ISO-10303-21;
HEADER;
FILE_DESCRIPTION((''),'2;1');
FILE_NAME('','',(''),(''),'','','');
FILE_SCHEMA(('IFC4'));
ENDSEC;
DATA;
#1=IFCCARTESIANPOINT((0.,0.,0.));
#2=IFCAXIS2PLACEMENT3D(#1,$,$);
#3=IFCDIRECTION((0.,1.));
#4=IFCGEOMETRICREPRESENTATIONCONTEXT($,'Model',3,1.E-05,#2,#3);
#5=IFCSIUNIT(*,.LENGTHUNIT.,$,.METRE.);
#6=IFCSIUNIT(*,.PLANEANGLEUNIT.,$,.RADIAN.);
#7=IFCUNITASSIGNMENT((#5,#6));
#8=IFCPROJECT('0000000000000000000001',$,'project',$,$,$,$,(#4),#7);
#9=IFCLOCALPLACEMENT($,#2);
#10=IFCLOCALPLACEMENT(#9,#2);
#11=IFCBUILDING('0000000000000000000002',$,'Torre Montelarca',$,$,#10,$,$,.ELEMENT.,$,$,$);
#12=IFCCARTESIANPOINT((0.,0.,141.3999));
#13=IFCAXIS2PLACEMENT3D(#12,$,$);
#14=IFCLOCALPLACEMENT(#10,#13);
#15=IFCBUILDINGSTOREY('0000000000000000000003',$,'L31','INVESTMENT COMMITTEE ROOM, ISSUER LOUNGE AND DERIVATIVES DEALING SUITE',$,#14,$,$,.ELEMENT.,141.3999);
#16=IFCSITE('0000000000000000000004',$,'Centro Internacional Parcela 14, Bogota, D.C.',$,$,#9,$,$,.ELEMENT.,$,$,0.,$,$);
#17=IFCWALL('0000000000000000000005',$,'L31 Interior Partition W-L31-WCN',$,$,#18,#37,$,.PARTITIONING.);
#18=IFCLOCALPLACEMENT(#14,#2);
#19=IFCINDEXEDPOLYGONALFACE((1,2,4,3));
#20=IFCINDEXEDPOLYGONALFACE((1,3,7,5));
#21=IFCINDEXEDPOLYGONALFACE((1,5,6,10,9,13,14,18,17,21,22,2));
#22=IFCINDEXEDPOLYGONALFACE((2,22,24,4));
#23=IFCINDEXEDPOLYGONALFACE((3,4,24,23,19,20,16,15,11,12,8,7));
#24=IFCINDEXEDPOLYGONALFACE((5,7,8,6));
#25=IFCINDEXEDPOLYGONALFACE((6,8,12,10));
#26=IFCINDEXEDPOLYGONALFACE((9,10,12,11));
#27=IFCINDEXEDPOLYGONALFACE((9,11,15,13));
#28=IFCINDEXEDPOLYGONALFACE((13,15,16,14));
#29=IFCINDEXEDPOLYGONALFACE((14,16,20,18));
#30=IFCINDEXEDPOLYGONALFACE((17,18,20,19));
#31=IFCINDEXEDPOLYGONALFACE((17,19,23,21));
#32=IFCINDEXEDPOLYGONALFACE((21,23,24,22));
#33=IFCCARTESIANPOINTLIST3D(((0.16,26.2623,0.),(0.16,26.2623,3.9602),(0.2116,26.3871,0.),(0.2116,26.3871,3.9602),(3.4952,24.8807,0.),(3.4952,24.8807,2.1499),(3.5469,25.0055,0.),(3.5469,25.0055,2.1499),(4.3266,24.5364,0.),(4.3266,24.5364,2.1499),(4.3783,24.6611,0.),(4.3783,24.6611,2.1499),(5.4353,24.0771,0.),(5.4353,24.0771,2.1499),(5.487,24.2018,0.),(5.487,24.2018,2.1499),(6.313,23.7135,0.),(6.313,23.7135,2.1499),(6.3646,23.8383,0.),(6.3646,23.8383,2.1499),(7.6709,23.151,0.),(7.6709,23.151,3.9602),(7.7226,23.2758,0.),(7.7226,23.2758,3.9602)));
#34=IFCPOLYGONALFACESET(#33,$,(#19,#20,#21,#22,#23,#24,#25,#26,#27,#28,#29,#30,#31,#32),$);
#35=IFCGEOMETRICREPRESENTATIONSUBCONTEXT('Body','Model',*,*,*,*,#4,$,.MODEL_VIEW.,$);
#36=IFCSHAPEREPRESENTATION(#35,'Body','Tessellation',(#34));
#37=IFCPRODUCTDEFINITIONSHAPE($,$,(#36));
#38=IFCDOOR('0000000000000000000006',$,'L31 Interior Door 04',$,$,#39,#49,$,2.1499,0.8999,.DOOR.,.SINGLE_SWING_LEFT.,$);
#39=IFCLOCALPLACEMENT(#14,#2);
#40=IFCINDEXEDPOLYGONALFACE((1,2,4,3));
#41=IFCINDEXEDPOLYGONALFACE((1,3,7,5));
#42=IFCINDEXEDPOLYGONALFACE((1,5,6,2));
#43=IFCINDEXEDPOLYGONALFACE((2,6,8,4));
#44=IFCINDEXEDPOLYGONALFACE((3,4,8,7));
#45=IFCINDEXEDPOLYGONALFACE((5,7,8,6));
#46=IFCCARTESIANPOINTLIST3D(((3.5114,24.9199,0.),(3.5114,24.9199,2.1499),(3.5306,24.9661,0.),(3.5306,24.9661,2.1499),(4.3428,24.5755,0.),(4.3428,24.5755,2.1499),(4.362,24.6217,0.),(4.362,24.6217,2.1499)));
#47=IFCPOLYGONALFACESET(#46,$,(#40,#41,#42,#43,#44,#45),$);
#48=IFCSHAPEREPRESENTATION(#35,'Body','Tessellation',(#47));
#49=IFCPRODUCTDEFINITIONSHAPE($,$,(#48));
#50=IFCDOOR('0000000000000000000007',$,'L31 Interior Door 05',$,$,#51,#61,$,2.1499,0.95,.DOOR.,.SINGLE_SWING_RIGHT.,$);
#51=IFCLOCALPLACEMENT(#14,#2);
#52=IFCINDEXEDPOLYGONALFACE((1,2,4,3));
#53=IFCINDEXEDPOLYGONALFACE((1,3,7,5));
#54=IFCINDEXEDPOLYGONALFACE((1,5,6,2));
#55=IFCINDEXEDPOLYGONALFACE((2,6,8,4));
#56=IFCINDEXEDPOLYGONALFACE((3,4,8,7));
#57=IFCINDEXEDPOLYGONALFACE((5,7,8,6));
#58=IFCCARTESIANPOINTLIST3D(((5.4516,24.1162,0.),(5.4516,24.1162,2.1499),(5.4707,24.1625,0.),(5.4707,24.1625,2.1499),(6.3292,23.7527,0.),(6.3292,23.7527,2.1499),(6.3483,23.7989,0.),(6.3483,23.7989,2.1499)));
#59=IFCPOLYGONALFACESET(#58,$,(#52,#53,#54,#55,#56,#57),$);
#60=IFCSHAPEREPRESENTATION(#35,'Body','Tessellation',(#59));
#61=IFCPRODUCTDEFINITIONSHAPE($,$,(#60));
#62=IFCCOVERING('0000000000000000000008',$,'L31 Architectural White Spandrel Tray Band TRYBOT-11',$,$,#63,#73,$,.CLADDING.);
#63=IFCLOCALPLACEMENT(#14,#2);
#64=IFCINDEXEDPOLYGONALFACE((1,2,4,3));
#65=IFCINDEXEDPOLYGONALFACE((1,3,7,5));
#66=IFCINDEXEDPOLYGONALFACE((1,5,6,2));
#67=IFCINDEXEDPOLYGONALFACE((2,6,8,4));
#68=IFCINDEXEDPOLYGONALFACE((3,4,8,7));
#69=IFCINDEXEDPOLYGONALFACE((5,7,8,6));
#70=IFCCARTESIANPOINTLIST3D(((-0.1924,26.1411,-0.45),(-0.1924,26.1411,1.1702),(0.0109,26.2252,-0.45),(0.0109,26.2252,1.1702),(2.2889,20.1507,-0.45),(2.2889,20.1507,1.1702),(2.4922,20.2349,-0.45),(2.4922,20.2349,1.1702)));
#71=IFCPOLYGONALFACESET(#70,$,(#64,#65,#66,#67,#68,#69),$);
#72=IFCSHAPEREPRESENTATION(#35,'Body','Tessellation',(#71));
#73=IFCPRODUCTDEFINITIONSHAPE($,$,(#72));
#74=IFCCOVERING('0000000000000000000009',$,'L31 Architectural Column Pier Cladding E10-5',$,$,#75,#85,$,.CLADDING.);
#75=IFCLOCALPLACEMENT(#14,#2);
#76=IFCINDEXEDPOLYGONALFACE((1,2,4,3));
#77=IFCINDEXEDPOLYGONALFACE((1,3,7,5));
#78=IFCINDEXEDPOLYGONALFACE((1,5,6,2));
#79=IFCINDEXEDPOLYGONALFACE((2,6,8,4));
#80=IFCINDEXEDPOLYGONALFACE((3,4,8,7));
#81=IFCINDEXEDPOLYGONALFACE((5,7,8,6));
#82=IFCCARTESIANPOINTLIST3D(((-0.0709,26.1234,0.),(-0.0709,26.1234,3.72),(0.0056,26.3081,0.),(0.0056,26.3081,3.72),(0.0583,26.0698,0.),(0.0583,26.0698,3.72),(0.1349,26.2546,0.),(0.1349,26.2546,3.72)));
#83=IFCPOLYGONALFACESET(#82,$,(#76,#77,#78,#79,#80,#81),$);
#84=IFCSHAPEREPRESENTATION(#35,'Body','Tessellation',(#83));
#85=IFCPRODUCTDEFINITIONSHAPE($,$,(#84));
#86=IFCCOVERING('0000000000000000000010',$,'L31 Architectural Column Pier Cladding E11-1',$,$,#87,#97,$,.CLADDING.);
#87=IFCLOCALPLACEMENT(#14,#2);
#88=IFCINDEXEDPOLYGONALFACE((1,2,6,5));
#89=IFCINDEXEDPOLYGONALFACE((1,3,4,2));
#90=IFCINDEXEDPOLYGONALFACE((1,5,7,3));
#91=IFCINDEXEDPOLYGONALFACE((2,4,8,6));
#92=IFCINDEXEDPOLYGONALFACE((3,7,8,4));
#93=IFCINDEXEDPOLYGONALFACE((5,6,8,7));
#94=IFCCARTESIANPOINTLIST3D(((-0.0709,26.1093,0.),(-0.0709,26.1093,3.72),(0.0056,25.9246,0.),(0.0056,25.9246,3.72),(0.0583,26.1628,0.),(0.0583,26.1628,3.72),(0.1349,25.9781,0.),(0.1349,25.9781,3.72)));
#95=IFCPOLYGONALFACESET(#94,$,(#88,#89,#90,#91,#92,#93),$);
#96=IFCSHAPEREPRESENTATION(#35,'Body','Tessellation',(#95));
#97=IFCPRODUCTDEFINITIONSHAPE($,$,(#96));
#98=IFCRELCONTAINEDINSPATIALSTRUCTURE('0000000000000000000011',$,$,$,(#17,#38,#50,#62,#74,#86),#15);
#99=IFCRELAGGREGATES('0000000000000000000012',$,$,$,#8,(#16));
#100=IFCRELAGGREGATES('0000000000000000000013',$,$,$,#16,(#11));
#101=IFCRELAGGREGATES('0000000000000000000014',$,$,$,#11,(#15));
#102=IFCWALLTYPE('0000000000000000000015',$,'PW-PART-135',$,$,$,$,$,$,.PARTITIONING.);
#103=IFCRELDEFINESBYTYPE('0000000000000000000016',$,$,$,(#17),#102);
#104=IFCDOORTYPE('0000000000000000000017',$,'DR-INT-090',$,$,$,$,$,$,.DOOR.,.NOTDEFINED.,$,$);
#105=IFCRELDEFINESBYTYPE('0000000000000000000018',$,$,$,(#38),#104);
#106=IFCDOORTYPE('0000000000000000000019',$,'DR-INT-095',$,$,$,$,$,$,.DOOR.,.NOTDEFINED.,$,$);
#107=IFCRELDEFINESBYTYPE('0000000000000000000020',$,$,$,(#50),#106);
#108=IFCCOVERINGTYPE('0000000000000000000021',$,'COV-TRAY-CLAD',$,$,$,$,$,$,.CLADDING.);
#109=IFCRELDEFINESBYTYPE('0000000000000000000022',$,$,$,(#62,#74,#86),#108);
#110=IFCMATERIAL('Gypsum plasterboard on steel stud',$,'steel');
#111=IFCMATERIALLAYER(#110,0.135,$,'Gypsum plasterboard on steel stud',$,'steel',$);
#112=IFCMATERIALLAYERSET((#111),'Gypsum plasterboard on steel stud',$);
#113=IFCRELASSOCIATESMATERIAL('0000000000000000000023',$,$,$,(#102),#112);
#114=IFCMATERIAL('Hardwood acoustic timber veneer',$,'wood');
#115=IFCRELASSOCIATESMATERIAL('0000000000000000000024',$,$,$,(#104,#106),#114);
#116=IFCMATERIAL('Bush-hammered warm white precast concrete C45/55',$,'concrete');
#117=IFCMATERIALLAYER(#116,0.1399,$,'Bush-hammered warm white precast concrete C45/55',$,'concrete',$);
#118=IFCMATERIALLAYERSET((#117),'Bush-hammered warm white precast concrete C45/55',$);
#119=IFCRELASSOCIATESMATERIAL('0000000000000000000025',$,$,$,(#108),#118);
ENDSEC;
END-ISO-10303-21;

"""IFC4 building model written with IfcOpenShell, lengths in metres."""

from ifc_helpers import new_model, si_unit, direction, frame, frame_2d, origin, origin_2d, place, context, subcontext, project, spatial, rectangle, extrude, source, transform, mapped, material, layer, layer_set, type_object, element, fill, save


model = new_model("IFC4")

# Units and contexts
model_context = context("Model", 3, precision=1e-05, world=origin(), true_north=direction((0.0, 1.0)))
body_context = subcontext(model_context, "Body", "Model", "MODEL_VIEW")
ifc_project = project(units=[si_unit("LENGTHUNIT", "METRE"), si_unit("PLANEANGLEUNIT", "RADIAN")], contexts=[model_context])

# Site, building, storey
site_placement = place(None, origin())
site = spatial("IfcSite", under=ifc_project, at=site_placement, Name="Centro Internacional Parcela 14, Bogota, D.C.", CompositionType="ELEMENT", RefElevation=0.0)
building_placement = place(site_placement, origin())
building = spatial("IfcBuilding", under=site, at=building_placement, Name="Torre Montelarca", CompositionType="ELEMENT")
storey_placement = place(building_placement, frame((0.0, 0.0, 141.3999)))
storey = spatial("IfcBuildingStorey", under=building, at=storey_placement, Name="L31", Description="INVESTMENT COMMITTEE ROOM, ISSUER LOUNGE AND DERIVATIVES DEALING SUITE", CompositionType="ELEMENT", Elevation=141.3999)

# Wall, openings, doors
ifc_material_1 = material(Name="Gypsum plasterboard on steel stud", Category="steel")
ifc_layer_1 = layer(ifc_material_1, 0.135, Name="Gypsum plasterboard on steel stud", Category="steel")
ifc_layer_set_1 = layer_set([ifc_layer_1], Name="Gypsum plasterboard on steel stud")
wall_type = type_object("IfcWallType", Name="PW-PART-135", PredefinedType="PARTITIONING", material=ifc_layer_set_1)
wall_placement = place(storey_placement, frame((0.1858, 26.3247, 0.0), z_axis=(0.0, 0.0, 1.0), x_axis=(0.923872, -0.382702, 0.0)))
wall = element("IfcWall", 1, at=wall_placement, inside=storey, type_object=wall_type, Name="L31 Interior Partition W-L31-WCN", PredefinedType="PARTITIONING", context=body_context, shape_type="SweptSolid", body=[
    extrude(rectangle(XDim=8.1299, YDim=0.135, at=frame_2d((4.0649, 0.0))), origin(), (0.0, 0.0, 1.0), 3.9602),
])
opening_1_placement = place(wall_placement, frame((3.6101, 0.0, 0.0)))
opening_1 = element("IfcOpeningElement", 2, at=opening_1_placement, cuts=wall, PredefinedType="OPENING", context=body_context, shape_type="SweptSolid", body=[
    extrude(rectangle(XDim=0.8999, YDim=2.1499, at=frame_2d((0.45, 1.075))), frame((0.0, 0.0776, 0.0), z_axis=(0.0, -1.0, 0.0), x_axis=(1.0, 0.0, 0.0)), (0.0, 0.0, 1.0), 0.155),
])
opening_2_placement = place(wall_placement, frame((5.71, 0.0, 0.0)))
opening_2 = element("IfcOpeningElement", 3, at=opening_2_placement, cuts=wall, PredefinedType="OPENING", context=body_context, shape_type="SweptSolid", body=[
    extrude(rectangle(XDim=0.95, YDim=2.1499, at=frame_2d((0.4751, 1.075))), frame((0.0, 0.0776, 0.0), z_axis=(0.0, -1.0, 0.0), x_axis=(1.0, 0.0, 0.0)), (0.0, 0.0, 1.0), 0.155),
])
ifc_material_2 = material(Name="Hardwood acoustic timber veneer", Category="wood")
door_type_1 = type_object("IfcDoorType", Name="DR-INT-090", OperationType="NOTDEFINED", PredefinedType="DOOR", material=ifc_material_2)
shared_shape_1 = source(origin(), body_context, "Body", "SweptSolid", [
    extrude(rectangle(XDim=0.8999, YDim=2.1499, at=frame_2d((0.45, 1.075))), frame((0.0, 0.0249, 0.0), z_axis=(0.0, -1.0, 0.0), x_axis=(1.0, 0.0, 0.0)), (0.0, 0.0, 1.0), 0.05),
])
door_1_placement = place(opening_1_placement, origin())
door_1 = element("IfcDoor", 4, at=door_1_placement, inside=storey, type_object=door_type_1, Name="L31 Interior Door 04", OperationType="SINGLE_SWING_LEFT", OverallHeight=2.1499, OverallWidth=0.8999, PredefinedType="DOOR", context=body_context, shape_type="MappedRepresentation", body=[
    mapped(shared_shape_1, transform((0.0, 0.0, 0.0), scale=1.0)),
])
fill(opening_1, door_1)
door_type_2 = type_object("IfcDoorType", Name="DR-INT-095", OperationType="NOTDEFINED", PredefinedType="DOOR", material=ifc_material_2)
shared_shape_2 = source(origin(), body_context, "Body", "SweptSolid", [
    extrude(rectangle(XDim=0.95, YDim=2.1499, at=frame_2d((0.4751, 1.075))), frame((0.0, 0.0249, 0.0), z_axis=(0.0, -1.0, 0.0), x_axis=(1.0, 0.0, 0.0)), (0.0, 0.0, 1.0), 0.05),
])
door_2_placement = place(opening_2_placement, origin())
door_2 = element("IfcDoor", 5, at=door_2_placement, inside=storey, type_object=door_type_2, Name="L31 Interior Door 05", OperationType="SINGLE_SWING_RIGHT", OverallHeight=2.1499, OverallWidth=0.95, PredefinedType="DOOR", context=body_context, shape_type="MappedRepresentation", body=[
    mapped(shared_shape_2, transform((0.0, 0.0, 0.0), scale=1.0)),
])
fill(opening_2, door_2)

# Coverings
ifc_material_3 = material(Name="Bush-hammered warm white precast concrete C45/55", Category="concrete")
ifc_layer_2 = layer(ifc_material_3, 0.1399, Name="Bush-hammered warm white precast concrete C45/55", Category="concrete")
ifc_layer_set_2 = layer_set([ifc_layer_2], Name="Bush-hammered warm white precast concrete C45/55")
covering_type = type_object("IfcCoveringType", Name="COV-TRAY-CLAD", PredefinedType="CLADDING", material=ifc_layer_set_2)
shared_shape_3 = source(origin(), body_context, "Body", "SweptSolid", [
    extrude(rectangle(XDim=6.4839, YDim=0.22, at=origin_2d()), origin(), (0.0, 0.0, 1.0), 1.6201),
])
covering_placement = place(storey_placement, frame((1.1499, 23.188, -0.45), z_axis=(0.0, 0.0, 1.0), x_axis=(0.382688, -0.923878, 0.0)))
element("IfcCovering", 6, at=covering_placement, inside=storey, type_object=covering_type, Name="L31 Architectural White Spandrel Tray Band TRYBOT-11", PredefinedType="CLADDING", context=body_context, shape_type="MappedRepresentation", body=[
    mapped(shared_shape_3, transform((0.0, 0.0, 0.0), scale=1.0)),
])
shared_shape_4 = source(origin(), body_context, "Body", "SweptSolid", [
    extrude(rectangle(XDim=0.2, YDim=0.1399, at=origin_2d()), origin(), (0.0, 0.0, 1.0), 3.72),
])
for number, where, z_axis, x_axis, name in (
    (7, (0.032, 26.189, 0.0), (0.0, 0.0, 1.0), (-0.38268, -0.923881, 0.0), "L31 Architectural Column Pier Cladding E10-5"),
    (8, (0.032, 26.0437, 0.0), (0.0, 0.0, 1.0), (0.382688, -0.923878, 0.0), "L31 Architectural Column Pier Cladding E11-1"),
):
    element("IfcCovering", number, at=place(storey_placement, frame(where, z_axis=z_axis, x_axis=x_axis)), inside=storey, type_object=covering_type, Name=name, PredefinedType="CLADDING", context=body_context, shape_type="MappedRepresentation", body=[
        mapped(shared_shape_4, transform((0.0, 0.0, 0.0), scale=1.0)),
    ])

save(model, "model.ifc")
